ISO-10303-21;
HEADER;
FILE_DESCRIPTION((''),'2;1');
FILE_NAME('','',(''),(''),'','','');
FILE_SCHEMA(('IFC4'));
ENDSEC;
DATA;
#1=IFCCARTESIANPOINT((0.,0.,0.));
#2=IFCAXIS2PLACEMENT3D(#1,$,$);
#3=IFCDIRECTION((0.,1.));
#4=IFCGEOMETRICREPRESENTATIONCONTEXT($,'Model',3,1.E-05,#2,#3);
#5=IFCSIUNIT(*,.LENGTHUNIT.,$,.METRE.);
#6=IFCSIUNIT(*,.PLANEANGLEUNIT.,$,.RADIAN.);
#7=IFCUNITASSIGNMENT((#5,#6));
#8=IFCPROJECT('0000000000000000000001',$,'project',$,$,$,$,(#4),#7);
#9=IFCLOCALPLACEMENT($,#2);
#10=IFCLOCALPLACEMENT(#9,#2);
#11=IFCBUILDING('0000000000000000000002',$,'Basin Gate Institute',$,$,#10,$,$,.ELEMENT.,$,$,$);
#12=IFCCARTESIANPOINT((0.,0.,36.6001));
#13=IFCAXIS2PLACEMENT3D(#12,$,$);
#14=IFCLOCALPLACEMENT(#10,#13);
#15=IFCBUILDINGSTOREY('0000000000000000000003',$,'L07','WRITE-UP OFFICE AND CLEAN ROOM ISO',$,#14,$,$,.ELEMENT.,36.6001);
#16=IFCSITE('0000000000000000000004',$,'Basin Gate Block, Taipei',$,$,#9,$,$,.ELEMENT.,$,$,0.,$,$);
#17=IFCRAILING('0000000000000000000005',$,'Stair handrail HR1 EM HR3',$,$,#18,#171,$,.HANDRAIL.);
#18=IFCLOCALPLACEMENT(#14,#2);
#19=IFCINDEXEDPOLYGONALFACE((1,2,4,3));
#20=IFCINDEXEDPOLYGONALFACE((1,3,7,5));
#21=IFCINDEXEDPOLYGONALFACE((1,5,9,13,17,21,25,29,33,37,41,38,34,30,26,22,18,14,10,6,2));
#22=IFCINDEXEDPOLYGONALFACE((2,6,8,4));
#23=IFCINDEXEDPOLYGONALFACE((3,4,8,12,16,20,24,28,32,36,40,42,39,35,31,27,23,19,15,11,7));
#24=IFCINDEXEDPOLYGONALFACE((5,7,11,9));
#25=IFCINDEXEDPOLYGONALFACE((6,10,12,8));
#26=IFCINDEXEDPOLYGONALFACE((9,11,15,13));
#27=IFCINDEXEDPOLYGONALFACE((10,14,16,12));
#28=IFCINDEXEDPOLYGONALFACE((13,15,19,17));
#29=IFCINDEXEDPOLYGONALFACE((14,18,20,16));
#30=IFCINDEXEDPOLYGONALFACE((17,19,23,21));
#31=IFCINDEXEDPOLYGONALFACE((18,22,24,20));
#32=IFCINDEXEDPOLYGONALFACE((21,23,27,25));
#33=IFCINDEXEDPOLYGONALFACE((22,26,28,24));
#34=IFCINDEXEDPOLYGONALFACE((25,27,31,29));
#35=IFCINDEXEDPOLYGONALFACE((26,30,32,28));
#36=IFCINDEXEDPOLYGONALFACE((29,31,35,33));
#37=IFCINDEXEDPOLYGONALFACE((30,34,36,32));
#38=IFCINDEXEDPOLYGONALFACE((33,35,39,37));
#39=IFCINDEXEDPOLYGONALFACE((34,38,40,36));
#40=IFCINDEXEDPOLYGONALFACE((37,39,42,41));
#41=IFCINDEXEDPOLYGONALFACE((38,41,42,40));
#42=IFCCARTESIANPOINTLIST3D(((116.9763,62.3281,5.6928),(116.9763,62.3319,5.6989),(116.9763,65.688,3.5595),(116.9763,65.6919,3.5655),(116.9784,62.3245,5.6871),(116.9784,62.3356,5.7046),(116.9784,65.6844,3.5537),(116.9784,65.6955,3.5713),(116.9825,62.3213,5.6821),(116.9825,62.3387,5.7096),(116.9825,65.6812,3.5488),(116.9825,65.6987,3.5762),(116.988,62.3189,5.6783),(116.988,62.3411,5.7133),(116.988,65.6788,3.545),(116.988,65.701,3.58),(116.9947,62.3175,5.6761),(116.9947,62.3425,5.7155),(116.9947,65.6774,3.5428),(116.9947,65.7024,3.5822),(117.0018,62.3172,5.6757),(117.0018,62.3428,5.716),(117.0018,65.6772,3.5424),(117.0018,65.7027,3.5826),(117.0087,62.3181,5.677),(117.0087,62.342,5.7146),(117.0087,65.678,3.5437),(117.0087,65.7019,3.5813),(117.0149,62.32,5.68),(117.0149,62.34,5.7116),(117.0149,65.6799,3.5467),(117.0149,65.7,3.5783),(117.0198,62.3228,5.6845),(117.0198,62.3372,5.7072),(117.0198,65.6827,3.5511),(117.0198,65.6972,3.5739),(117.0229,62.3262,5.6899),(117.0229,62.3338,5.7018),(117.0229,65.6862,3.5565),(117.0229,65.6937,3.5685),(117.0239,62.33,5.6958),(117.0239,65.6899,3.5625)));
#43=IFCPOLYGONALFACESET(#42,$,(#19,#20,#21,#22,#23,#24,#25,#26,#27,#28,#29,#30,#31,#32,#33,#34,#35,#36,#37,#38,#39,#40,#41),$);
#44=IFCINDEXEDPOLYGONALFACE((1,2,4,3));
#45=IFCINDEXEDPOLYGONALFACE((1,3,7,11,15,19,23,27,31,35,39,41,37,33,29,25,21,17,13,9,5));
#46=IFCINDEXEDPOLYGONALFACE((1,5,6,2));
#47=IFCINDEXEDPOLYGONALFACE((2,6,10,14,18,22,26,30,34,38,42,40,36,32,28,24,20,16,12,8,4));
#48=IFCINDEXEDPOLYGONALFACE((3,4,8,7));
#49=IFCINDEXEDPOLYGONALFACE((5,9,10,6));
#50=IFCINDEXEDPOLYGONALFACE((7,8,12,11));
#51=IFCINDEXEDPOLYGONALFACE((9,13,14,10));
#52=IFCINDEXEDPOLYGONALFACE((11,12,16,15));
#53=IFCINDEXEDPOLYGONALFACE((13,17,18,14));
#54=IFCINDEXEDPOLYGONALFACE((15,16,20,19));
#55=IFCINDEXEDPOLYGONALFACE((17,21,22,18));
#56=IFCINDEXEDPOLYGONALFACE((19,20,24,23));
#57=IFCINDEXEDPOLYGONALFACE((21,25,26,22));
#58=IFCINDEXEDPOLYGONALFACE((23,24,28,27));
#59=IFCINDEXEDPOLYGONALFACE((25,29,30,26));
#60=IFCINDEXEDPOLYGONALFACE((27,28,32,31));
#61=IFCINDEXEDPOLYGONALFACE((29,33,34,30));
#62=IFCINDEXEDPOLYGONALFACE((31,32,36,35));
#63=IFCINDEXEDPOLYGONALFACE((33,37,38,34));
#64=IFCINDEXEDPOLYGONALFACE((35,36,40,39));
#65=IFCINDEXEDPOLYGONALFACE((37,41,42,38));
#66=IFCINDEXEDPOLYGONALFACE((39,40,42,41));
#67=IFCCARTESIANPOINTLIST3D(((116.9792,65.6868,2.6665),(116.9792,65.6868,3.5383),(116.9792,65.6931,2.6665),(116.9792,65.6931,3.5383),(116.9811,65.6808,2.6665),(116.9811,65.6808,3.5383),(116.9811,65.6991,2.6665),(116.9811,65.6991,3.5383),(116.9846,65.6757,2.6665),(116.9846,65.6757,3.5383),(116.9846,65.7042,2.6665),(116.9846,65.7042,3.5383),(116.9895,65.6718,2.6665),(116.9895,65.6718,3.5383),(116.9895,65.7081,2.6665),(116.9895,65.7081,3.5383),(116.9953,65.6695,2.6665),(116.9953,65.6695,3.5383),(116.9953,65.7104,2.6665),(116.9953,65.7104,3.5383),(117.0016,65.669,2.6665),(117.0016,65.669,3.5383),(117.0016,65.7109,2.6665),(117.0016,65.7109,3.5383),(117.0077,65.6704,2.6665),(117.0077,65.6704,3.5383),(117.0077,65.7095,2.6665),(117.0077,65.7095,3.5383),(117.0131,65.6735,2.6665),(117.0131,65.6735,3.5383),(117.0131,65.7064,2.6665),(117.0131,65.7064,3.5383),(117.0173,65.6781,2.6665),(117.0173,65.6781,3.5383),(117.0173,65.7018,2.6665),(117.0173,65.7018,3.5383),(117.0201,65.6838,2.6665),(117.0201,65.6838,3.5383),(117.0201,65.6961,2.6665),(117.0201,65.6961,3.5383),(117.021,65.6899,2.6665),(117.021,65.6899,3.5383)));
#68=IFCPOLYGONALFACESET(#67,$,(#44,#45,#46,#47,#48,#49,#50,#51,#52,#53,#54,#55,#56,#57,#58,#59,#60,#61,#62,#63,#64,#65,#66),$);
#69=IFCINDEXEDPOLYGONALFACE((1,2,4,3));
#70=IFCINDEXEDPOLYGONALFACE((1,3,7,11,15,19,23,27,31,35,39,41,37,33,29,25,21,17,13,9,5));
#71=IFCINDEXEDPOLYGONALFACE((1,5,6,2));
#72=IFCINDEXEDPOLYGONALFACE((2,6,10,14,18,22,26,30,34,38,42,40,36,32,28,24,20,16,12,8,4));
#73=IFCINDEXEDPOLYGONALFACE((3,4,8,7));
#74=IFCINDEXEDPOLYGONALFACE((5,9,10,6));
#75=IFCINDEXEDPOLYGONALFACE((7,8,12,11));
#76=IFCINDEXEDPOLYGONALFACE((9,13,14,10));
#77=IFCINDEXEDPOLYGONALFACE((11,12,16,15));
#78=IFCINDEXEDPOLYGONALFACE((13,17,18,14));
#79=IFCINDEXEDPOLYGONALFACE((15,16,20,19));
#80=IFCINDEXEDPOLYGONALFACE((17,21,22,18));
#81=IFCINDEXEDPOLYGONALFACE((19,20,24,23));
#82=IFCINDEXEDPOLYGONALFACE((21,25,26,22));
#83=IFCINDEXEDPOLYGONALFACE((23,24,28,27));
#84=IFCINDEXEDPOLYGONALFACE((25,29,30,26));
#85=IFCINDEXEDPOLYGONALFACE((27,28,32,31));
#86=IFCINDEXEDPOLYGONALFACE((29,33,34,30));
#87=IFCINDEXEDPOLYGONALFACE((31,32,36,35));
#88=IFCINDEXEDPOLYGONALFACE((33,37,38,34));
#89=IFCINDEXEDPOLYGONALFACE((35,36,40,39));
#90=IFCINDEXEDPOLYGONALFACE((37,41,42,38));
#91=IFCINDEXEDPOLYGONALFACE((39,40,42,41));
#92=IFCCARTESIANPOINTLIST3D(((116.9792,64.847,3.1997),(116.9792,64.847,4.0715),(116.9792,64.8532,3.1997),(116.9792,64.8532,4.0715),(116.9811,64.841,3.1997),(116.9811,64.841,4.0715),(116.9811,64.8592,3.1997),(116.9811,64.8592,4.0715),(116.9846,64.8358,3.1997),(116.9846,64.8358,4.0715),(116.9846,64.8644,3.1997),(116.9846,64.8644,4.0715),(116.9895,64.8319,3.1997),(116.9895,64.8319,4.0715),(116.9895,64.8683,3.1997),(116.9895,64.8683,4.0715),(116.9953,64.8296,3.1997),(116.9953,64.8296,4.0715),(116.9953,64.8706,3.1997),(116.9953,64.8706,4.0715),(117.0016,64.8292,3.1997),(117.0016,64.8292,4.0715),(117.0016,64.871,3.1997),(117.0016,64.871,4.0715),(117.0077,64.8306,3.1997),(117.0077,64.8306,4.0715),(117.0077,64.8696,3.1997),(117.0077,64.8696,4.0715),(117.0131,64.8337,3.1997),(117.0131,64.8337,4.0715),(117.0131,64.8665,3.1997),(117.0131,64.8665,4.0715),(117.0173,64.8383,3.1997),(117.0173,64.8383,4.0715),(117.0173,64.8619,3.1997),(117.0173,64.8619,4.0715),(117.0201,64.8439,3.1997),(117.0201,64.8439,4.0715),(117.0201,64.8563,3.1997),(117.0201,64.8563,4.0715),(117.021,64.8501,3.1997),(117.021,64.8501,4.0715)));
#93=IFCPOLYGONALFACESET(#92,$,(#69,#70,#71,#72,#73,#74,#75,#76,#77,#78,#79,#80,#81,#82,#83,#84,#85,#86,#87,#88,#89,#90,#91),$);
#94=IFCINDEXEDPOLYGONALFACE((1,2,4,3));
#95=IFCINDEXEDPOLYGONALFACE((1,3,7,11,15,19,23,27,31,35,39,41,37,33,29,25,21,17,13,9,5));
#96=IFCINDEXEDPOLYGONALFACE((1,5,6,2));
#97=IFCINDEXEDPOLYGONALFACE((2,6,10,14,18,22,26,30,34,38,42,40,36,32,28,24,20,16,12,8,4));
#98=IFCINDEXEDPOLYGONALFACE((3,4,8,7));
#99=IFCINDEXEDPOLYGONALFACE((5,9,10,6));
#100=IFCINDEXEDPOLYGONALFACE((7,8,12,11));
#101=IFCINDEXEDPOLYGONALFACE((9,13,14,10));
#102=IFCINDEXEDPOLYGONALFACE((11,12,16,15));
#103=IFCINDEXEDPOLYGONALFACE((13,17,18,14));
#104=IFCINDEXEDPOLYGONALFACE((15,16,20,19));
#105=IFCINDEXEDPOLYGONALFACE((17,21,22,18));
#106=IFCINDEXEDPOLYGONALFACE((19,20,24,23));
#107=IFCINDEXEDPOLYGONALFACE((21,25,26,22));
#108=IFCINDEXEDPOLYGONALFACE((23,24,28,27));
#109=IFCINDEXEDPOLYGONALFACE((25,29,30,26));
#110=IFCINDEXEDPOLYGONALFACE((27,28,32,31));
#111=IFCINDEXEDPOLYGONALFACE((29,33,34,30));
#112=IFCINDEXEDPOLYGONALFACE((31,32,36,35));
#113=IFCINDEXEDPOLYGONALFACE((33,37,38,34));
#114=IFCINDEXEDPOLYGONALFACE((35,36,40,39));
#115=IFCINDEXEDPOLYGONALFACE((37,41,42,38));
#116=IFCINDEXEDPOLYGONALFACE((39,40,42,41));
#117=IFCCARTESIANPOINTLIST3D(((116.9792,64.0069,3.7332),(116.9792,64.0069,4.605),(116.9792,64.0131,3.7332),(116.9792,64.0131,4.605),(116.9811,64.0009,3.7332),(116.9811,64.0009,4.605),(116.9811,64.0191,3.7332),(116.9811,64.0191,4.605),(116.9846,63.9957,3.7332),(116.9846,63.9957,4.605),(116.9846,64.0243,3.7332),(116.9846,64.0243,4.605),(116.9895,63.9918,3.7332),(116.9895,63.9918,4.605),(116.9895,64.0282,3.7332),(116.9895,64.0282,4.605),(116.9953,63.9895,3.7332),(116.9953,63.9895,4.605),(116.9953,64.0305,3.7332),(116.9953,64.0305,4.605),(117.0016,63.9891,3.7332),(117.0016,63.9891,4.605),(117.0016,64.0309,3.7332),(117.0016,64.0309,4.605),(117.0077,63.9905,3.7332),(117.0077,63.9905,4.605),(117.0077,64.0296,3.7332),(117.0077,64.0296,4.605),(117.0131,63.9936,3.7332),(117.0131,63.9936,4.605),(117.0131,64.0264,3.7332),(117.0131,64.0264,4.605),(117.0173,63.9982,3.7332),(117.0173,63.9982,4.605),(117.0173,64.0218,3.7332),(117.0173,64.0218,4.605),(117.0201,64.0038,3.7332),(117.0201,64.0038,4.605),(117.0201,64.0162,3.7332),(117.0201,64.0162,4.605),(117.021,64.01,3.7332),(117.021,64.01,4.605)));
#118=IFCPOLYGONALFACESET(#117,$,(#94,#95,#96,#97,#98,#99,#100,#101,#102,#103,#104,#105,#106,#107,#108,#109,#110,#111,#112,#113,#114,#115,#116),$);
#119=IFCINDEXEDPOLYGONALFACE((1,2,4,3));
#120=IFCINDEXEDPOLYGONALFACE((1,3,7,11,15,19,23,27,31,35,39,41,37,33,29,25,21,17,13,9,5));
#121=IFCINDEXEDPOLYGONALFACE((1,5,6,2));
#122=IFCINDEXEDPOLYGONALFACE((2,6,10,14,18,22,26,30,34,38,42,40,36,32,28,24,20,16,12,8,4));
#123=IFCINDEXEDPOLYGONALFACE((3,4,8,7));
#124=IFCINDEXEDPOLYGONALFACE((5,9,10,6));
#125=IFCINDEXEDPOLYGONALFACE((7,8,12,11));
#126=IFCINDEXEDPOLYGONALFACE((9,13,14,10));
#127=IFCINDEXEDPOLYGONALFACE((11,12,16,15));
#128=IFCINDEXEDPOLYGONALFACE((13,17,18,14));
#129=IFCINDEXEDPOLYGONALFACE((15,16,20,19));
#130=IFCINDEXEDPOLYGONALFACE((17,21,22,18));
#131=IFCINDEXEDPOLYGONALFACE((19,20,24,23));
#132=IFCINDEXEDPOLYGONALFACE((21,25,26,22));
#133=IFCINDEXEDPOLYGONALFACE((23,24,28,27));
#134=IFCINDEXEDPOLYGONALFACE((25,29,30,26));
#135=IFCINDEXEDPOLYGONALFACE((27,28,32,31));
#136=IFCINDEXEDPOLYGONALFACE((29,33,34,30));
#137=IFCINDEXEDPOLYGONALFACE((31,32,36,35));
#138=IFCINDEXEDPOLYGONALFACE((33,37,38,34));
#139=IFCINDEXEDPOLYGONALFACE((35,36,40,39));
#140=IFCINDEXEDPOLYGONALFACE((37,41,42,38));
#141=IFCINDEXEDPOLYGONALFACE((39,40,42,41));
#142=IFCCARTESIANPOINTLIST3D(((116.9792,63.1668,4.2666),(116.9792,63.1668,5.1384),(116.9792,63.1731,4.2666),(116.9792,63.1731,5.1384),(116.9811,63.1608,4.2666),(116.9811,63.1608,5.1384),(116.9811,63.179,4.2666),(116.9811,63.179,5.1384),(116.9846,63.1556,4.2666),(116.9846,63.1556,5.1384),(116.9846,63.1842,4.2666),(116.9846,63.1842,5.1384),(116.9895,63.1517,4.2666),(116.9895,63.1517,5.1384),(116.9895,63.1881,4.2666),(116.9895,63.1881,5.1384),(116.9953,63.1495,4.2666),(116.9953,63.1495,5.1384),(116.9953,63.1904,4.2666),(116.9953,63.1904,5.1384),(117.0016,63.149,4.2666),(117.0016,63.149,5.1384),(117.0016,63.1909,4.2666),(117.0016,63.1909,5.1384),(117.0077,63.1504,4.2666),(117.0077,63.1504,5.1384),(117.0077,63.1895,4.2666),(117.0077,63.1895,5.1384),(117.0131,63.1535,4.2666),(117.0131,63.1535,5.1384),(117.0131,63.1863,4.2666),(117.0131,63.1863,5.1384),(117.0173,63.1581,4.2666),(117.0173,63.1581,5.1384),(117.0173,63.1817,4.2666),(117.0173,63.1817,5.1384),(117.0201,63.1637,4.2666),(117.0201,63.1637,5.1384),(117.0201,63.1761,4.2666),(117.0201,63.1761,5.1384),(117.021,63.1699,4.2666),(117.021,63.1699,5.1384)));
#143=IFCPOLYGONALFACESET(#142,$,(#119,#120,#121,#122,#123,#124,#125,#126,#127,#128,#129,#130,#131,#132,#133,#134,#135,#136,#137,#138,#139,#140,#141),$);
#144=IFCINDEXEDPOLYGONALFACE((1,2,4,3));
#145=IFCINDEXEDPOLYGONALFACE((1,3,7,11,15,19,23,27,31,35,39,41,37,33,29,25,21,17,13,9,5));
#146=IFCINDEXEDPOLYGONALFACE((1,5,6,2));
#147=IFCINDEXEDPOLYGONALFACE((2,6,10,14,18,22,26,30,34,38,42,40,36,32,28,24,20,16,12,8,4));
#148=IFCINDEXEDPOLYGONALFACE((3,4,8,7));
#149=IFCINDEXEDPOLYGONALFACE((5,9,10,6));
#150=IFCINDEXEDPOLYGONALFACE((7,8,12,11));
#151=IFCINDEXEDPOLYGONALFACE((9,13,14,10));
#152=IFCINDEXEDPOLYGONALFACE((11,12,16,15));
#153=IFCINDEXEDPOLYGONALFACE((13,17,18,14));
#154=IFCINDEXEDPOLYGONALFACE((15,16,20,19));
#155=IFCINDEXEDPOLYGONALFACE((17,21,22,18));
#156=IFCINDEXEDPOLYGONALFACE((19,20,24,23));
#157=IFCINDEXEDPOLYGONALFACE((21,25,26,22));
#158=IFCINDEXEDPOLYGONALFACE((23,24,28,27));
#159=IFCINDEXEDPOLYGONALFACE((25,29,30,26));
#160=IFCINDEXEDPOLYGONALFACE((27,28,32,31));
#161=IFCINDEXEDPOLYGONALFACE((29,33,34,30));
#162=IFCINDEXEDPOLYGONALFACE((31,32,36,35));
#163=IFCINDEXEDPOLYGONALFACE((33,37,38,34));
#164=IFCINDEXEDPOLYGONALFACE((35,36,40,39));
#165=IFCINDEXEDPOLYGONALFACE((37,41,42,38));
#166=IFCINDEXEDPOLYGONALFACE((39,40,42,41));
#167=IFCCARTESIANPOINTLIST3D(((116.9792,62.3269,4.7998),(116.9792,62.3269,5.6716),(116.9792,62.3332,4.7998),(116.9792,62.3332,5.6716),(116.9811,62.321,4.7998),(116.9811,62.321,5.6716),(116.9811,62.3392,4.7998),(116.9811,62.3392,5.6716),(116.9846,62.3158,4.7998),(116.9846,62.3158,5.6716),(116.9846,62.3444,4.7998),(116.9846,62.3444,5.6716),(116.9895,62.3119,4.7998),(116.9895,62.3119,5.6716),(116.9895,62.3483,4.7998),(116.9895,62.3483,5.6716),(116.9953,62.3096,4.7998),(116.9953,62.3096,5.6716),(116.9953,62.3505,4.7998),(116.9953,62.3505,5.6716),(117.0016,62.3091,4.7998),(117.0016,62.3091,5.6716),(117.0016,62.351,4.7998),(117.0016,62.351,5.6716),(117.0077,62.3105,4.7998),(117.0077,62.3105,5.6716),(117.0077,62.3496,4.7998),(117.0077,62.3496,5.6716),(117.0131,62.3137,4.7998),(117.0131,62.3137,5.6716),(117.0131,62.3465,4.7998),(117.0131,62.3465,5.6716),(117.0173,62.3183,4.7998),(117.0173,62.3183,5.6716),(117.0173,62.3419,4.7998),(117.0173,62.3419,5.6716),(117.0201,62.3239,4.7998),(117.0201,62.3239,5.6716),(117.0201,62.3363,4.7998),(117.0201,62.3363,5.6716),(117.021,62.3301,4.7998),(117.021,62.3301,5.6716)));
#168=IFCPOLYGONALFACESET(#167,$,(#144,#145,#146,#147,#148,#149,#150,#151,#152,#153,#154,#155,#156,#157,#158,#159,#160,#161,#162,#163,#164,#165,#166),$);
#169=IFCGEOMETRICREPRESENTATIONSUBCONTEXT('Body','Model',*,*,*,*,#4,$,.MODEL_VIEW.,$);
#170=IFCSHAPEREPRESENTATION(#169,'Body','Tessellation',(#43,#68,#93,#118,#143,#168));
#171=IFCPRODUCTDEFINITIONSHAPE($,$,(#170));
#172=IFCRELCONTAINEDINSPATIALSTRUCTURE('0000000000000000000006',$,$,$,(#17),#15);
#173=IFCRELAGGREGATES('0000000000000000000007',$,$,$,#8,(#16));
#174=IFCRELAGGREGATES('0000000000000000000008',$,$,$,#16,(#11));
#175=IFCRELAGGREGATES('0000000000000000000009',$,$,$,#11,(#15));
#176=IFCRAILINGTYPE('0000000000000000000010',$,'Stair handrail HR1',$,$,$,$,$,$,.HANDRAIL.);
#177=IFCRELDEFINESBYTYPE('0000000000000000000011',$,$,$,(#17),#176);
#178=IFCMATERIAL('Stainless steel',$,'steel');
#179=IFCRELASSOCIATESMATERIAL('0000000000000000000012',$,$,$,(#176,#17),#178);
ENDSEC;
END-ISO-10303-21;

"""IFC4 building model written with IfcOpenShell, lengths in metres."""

from ifc_helpers import new_model, si_unit, direction, frame, origin, origin_2d, place, context, subcontext, project, spatial, circle, extrude, material, type_object, element, save


model = new_model("IFC4")

# Units and contexts
model_context = context("Model", 3, precision=1e-05, world=origin(), true_north=direction((0.0, 1.0)))
body_context = subcontext(model_context, "Body", "Model", "MODEL_VIEW")
ifc_project = project(units=[si_unit("LENGTHUNIT", "METRE"), si_unit("PLANEANGLEUNIT", "RADIAN")], contexts=[model_context])

# Site, building, storey
site_placement = place(None, origin())
site = spatial("IfcSite", under=ifc_project, at=site_placement, Name="Basin Gate Block, Taipei", CompositionType="ELEMENT", RefElevation=0.0)
building_placement = place(site_placement, origin())
building = spatial("IfcBuilding", under=site, at=building_placement, Name="Basin Gate Institute", CompositionType="ELEMENT")
storey_placement = place(building_placement, frame((0.0, 0.0, 36.6001)))
storey = spatial("IfcBuildingStorey", under=building, at=storey_placement, Name="L07", Description="WRITE-UP OFFICE AND CLEAN ROOM ISO", CompositionType="ELEMENT", Elevation=36.6001)

# Railing
ifc_material_1 = material(Name="Stainless steel", Category="steel")
railing_type_1 = type_object("IfcRailingType", Name="Stair handrail HR1", PredefinedType="HANDRAIL", material=ifc_material_1)
railing_1_placement = place(storey_placement, frame((117.0, 65.6899, 2.6665)))
element("IfcRailing", 1, at=railing_1_placement, inside=storey, type_object=railing_type_1, material=ifc_material_1, Name="Stair handrail HR1 EM HR3", PredefinedType="HANDRAIL", context=body_context, shape_type="SweptSolid", body=[
    extrude(circle(Radius=0.0239, at=origin_2d()), frame((0.0, 0.0, 0.896), z_axis=(0.0, -0.844207, 0.536018), x_axis=(1.0, 0.0, 0.0)), (0.0, 0.0, 1.0), 3.98),
    extrude(circle(Radius=0.021, at=origin_2d()), origin(), (0.0, 0.0, 1.0), 0.8718),
    extrude(circle(Radius=0.021, at=origin_2d()), frame((0.0, -0.8398, 0.5332)), (0.0, 0.0, 1.0), 0.8718),
    extrude(circle(Radius=0.021, at=origin_2d()), frame((0.0, -1.6799, 1.0667)), (0.0, 0.0, 1.0), 0.8718),
    extrude(circle(Radius=0.021, at=origin_2d()), frame((0.0, -2.52, 1.6001)), (0.0, 0.0, 1.0), 0.8718),
    extrude(circle(Radius=0.021, at=origin_2d()), frame((0.0, -3.3599, 2.1333)), (0.0, 0.0, 1.0), 0.8718),
])

save(model, "model.ifc")
